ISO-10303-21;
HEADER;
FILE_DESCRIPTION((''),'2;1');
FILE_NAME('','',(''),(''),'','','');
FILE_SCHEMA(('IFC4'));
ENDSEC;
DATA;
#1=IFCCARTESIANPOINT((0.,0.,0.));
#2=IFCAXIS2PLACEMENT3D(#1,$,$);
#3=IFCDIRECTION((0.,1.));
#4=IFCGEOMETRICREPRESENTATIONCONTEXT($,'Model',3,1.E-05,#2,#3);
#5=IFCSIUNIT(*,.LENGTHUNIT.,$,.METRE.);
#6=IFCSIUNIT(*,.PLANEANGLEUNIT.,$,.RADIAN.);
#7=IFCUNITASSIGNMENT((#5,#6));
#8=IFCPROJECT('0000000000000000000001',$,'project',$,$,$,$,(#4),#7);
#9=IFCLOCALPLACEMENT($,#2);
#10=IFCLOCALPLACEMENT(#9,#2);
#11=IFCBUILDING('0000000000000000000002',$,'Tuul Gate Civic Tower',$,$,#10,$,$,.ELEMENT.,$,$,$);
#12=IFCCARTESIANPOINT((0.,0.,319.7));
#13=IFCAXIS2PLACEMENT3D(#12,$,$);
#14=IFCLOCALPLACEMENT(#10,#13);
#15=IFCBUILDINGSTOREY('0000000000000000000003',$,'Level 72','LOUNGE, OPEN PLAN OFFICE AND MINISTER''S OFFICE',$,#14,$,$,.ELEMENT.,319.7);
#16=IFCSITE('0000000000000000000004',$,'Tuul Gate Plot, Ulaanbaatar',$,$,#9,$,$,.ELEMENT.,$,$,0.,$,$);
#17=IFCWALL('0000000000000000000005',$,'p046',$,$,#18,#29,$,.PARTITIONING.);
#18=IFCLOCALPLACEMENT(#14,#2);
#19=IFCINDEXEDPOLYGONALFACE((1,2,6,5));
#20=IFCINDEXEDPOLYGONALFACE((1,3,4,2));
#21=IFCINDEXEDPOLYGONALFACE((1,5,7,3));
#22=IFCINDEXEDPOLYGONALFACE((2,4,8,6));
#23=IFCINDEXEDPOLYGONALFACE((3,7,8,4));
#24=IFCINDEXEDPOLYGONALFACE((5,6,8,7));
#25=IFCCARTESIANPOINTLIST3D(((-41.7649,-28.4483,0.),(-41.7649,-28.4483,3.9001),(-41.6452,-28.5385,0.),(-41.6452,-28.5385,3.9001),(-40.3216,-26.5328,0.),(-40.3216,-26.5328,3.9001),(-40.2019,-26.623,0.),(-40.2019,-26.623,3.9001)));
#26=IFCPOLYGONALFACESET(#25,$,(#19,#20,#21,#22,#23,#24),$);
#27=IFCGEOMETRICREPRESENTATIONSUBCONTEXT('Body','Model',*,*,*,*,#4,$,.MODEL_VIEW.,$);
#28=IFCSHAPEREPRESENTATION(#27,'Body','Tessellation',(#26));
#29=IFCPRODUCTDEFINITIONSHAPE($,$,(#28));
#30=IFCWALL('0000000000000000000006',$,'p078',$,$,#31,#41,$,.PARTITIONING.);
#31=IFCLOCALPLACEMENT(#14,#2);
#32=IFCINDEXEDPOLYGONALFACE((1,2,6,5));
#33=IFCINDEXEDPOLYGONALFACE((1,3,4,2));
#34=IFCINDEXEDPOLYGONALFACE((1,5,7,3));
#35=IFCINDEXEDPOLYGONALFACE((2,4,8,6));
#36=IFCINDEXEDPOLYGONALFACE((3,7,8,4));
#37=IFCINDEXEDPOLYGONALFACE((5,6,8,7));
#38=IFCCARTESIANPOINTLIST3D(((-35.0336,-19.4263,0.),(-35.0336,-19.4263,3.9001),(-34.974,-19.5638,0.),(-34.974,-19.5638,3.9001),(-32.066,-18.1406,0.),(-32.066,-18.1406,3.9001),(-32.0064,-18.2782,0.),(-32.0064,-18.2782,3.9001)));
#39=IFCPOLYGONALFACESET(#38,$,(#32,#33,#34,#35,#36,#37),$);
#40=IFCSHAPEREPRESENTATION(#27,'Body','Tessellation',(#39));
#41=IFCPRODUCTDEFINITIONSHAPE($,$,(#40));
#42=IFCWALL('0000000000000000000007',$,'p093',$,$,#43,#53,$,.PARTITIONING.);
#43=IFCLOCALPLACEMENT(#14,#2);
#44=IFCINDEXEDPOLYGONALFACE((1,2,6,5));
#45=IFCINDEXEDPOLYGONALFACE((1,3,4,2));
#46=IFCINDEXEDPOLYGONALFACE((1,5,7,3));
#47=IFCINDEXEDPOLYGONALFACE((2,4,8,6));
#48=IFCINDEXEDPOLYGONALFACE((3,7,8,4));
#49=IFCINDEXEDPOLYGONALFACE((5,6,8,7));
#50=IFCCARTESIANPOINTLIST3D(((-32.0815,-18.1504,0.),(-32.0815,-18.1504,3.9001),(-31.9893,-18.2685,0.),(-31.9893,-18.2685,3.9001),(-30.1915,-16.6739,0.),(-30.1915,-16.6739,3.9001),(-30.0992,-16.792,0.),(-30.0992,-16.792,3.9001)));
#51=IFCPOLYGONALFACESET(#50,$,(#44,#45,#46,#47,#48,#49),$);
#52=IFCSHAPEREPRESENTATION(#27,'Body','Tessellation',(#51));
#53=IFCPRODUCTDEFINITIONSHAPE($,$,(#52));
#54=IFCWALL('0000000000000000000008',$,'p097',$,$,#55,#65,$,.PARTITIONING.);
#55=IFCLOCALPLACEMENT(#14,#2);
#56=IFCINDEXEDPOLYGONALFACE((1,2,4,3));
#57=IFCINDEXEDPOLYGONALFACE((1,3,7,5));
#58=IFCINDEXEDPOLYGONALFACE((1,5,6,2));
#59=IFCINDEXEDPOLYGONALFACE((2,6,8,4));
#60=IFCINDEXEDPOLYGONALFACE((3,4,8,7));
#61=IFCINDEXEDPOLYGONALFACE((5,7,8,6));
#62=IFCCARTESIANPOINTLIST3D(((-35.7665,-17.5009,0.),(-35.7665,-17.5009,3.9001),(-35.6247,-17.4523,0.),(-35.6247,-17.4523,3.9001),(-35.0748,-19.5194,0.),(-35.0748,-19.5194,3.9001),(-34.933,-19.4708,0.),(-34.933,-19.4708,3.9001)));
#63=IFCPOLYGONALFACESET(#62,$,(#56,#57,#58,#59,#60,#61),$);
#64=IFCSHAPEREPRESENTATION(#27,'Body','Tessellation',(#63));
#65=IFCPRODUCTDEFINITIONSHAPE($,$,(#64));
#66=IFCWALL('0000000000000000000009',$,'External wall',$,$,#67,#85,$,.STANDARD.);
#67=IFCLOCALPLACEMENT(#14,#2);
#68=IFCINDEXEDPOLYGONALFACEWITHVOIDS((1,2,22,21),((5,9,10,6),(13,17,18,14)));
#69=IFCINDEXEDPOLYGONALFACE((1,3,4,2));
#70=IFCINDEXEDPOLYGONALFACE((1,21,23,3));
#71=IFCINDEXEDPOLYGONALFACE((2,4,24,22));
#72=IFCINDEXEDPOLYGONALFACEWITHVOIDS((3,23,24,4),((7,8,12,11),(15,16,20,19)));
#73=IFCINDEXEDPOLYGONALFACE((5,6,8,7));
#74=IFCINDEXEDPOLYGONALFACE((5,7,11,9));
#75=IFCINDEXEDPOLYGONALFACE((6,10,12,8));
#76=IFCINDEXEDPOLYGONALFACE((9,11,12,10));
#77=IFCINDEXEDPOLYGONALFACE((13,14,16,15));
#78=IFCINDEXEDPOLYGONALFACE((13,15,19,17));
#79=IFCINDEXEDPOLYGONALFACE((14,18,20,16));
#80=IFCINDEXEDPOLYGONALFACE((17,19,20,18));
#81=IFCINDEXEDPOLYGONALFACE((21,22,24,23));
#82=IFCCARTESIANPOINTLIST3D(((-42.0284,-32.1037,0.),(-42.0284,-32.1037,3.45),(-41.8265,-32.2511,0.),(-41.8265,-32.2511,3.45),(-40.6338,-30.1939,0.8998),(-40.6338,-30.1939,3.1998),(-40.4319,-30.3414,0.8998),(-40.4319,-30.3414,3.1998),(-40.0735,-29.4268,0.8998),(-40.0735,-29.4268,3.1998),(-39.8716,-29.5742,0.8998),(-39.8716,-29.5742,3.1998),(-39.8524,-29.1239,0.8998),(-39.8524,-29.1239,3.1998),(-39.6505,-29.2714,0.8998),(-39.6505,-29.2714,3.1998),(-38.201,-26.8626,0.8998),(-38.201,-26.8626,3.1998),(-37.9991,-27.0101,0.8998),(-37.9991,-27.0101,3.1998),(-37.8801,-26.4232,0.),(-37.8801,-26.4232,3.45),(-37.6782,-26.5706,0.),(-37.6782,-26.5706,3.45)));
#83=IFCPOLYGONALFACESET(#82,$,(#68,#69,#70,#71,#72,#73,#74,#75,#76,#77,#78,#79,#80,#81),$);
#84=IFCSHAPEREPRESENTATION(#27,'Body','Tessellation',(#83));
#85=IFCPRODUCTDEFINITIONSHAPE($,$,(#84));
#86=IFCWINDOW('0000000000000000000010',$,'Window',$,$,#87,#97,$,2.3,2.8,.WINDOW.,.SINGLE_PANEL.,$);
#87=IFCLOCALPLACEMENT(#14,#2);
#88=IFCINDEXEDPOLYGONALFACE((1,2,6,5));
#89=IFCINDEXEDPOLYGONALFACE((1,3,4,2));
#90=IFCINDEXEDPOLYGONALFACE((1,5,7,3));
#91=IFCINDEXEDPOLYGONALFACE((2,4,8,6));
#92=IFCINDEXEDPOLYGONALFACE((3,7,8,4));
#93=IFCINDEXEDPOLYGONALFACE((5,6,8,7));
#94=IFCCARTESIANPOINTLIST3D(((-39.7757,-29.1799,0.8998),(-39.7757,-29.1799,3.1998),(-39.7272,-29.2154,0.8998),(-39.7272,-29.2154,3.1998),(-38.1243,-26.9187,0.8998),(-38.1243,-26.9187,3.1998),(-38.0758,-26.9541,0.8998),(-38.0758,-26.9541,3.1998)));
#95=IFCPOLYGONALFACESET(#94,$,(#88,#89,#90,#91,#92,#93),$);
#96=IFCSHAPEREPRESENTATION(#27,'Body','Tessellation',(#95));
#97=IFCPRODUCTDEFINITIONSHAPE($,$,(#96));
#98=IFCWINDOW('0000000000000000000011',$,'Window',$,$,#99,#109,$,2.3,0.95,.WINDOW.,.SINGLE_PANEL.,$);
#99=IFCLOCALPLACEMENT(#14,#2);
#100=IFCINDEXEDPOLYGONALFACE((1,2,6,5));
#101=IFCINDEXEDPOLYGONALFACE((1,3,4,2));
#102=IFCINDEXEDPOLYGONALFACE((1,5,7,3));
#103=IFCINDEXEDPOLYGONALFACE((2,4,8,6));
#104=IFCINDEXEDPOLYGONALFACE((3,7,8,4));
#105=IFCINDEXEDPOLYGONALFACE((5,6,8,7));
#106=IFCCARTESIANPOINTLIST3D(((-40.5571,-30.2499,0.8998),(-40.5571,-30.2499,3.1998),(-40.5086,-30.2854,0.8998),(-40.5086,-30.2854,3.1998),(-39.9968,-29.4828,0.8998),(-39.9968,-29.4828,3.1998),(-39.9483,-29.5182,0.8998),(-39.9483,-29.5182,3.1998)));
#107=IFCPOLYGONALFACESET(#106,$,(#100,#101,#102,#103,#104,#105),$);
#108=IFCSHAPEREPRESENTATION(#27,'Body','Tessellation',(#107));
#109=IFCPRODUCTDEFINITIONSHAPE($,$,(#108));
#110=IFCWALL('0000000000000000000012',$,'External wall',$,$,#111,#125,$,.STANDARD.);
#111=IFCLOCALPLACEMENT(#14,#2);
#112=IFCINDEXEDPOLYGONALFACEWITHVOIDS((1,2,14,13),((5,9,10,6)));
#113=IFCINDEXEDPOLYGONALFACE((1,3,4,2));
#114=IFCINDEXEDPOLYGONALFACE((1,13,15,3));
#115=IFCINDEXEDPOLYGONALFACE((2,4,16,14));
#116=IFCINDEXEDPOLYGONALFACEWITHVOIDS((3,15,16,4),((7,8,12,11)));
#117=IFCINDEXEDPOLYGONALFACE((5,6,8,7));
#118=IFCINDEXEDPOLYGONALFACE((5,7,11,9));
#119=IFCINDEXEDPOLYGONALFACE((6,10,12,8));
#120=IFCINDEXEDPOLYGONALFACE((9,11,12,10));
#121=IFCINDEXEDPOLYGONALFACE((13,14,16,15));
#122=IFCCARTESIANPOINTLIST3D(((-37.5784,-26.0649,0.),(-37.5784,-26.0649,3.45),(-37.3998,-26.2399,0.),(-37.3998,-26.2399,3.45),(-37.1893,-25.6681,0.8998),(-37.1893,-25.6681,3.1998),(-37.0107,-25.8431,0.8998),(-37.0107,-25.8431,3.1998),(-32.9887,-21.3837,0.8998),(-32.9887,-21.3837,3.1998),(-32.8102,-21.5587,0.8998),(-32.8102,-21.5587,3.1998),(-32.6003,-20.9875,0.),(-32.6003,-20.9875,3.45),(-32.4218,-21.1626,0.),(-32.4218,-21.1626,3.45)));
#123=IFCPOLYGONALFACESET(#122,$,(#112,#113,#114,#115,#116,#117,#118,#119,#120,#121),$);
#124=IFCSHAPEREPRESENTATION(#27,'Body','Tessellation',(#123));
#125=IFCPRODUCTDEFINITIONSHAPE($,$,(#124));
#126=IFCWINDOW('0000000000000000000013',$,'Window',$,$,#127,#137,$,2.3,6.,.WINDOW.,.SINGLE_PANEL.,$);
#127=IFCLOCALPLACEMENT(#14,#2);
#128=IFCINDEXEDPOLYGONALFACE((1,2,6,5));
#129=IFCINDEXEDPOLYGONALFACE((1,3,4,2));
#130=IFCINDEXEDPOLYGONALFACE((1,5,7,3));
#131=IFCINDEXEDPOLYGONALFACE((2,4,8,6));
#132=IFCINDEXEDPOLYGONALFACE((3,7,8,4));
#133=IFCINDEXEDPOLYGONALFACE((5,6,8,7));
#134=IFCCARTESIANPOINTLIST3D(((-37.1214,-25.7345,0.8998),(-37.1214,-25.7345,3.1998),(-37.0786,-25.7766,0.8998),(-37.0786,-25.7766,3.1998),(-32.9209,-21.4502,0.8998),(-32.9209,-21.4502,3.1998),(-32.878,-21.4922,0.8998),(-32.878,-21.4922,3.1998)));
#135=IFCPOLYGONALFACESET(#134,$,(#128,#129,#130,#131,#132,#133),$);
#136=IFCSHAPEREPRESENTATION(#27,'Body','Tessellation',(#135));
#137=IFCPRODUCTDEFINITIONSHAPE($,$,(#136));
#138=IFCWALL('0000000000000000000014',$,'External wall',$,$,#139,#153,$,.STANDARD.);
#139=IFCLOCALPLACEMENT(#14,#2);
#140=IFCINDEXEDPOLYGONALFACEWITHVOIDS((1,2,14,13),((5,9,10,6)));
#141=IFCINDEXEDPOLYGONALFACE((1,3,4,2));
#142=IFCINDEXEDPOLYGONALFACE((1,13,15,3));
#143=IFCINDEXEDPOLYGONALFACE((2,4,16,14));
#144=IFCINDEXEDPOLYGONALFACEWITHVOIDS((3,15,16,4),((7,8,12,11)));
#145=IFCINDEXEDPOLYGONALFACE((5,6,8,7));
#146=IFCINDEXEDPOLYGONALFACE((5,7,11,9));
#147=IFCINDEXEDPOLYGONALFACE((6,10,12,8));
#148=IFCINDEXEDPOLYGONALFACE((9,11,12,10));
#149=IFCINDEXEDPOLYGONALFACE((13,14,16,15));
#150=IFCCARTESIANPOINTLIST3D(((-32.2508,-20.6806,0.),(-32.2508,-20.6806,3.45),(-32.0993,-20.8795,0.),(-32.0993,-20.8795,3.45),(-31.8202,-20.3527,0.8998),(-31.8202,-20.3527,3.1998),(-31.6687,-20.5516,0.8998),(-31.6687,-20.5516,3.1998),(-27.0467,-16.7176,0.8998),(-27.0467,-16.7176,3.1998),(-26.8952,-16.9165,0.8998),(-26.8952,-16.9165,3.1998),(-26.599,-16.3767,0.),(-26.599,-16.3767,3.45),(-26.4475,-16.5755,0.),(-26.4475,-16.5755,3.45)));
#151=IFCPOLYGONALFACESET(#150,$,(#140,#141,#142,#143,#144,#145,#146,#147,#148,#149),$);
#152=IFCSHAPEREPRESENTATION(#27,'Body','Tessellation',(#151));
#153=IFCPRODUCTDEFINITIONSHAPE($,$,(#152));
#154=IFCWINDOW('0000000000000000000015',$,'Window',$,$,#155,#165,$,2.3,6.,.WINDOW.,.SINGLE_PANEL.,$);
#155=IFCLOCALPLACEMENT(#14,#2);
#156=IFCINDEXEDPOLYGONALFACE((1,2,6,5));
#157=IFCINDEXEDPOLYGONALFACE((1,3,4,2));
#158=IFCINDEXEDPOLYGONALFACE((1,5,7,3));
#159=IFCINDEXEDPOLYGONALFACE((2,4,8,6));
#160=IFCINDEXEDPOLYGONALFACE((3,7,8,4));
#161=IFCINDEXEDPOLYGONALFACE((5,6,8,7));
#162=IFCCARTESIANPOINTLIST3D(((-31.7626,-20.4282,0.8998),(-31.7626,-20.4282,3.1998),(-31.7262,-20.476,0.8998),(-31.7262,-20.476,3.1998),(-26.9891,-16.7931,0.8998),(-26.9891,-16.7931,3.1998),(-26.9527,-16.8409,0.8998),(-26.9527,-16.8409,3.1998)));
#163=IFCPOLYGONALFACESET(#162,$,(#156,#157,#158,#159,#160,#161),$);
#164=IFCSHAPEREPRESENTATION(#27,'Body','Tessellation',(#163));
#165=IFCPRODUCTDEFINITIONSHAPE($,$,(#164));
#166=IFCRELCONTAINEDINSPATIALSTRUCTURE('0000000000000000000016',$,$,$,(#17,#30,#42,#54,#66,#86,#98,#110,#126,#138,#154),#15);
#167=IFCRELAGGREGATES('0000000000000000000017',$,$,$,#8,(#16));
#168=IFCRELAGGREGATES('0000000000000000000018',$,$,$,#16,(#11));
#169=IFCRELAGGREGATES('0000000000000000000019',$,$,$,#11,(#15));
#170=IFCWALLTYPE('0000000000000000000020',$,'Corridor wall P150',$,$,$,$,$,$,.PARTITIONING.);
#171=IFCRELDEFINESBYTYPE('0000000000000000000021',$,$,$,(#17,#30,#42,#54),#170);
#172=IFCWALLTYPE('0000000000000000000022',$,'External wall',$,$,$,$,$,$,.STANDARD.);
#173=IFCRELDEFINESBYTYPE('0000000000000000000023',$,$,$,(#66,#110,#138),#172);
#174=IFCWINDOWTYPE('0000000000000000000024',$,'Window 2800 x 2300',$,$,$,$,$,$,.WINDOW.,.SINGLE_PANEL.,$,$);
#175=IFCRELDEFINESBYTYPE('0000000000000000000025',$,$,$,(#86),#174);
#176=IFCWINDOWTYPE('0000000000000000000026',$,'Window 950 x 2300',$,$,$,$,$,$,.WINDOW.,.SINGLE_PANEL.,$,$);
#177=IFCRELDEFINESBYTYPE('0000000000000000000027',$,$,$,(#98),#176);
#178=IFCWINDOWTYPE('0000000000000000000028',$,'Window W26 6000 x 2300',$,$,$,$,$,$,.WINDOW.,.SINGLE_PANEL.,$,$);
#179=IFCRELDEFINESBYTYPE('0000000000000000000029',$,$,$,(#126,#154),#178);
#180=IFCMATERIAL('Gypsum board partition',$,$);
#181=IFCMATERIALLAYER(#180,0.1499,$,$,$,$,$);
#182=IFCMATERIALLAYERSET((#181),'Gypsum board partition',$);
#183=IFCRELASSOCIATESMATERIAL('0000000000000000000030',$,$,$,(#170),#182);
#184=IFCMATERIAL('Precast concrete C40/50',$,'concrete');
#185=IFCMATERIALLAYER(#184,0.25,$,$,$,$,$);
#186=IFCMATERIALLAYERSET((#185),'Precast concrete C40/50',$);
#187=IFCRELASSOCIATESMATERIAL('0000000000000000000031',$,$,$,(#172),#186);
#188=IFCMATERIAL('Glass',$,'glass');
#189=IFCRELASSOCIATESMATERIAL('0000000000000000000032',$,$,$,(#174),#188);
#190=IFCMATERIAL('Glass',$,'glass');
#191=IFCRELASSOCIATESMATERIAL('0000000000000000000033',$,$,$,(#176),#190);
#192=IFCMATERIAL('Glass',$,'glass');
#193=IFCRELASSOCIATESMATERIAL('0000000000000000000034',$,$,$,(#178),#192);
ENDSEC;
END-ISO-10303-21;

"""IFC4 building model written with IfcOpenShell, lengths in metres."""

from ifc_helpers import new_model, si_unit, direction, frame, frame_2d, origin, place, context, subcontext, project, spatial, rectangle, extrude, material, layer, layer_set, type_object, element, fill, save


model = new_model("IFC4")

# Units and contexts
model_context = context("Model", 3, precision=1e-05, world=origin(), true_north=direction((0.0, 1.0)))
body_context = subcontext(model_context, "Body", "Model", "MODEL_VIEW")
ifc_project = project(units=[si_unit("LENGTHUNIT", "METRE"), si_unit("PLANEANGLEUNIT", "RADIAN")], contexts=[model_context])

# Site, building, storey
site_placement = place(None, origin())
site = spatial("IfcSite", under=ifc_project, at=site_placement, Name="Tuul Gate Plot, Ulaanbaatar", CompositionType="ELEMENT", RefElevation=0.0)
building_placement = place(site_placement, origin())
building = spatial("IfcBuilding", under=site, at=building_placement, Name="Tuul Gate Civic Tower", CompositionType="ELEMENT")
storey_placement = place(building_placement, frame((0.0, 0.0, 319.7)))
storey = spatial("IfcBuildingStorey", under=building, at=storey_placement, Name="Level 72", Description="LOUNGE, OPEN PLAN OFFICE AND MINISTER'S OFFICE", CompositionType="ELEMENT", Elevation=319.7)

# Walls
ifc_material_1 = material(Name="Gypsum board partition")
ifc_layer_1 = layer(ifc_material_1, 0.1499)
ifc_layer_set_1 = layer_set([ifc_layer_1], Name="Gypsum board partition")
wall_type_1 = type_object("IfcWallType", Name="Corridor wall P150", PredefinedType="PARTITIONING", material=ifc_layer_set_1)
wall_1_placement = place(storey_placement, frame((-41.7051, -28.4934, 0.0), z_axis=(0.0, 0.0, 1.0), x_axis=(0.60179, 0.798654, 0.0)))
element("IfcWall", 1, at=wall_1_placement, inside=storey, type_object=wall_type_1, Name="p046", PredefinedType="PARTITIONING", context=body_context, shape_type="SweptSolid", body=[
    extrude(rectangle(XDim=2.3984, YDim=0.1499, at=frame_2d((1.1992, 0.0))), origin(), (0.0, 0.0, 1.0), 3.9001),
])
wall_2_placement = place(storey_placement, frame((-35.0039, -19.4951, 0.0), z_axis=(0.0, 0.0, 1.0), x_axis=(0.917588, 0.397533, 0.0)))
element("IfcWall", 2, at=wall_2_placement, inside=storey, type_object=wall_type_1, Name="p078", PredefinedType="PARTITIONING", context=body_context, shape_type="SweptSolid", body=[
    extrude(rectangle(XDim=3.2341, YDim=0.1499, at=frame_2d((1.6172, 0.0))), origin(), (0.0, 0.0, 1.0), 3.9001),
])
wall_3_placement = place(storey_placement, frame((-32.0354, -18.2095, 0.0), z_axis=(0.0, 0.0, 1.0), x_axis=(0.788046, 0.615616, 0.0)))
element("IfcWall", 3, at=wall_3_placement, inside=storey, type_object=wall_type_1, Name="p093", PredefinedType="PARTITIONING", context=body_context, shape_type="SweptSolid", body=[
    extrude(rectangle(XDim=2.3984, YDim=0.1499, at=frame_2d((1.1992, 0.0))), origin(), (0.0, 0.0, 1.0), 3.9001),
])
wall_4_placement = place(storey_placement, frame((-35.6956, -17.4766, 0.0), z_axis=(0.0, 0.0, 1.0), x_axis=(0.324146, -0.946007, 0.0)))
element("IfcWall", 4, at=wall_4_placement, inside=storey, type_object=wall_type_1, Name="p097", PredefinedType="PARTITIONING", context=body_context, shape_type="SweptSolid", body=[
    extrude(rectangle(XDim=2.1338, YDim=0.1499, at=frame_2d((1.0669, 0.0))), origin(), (0.0, 0.0, 1.0), 3.9001),
])

# Wall, openings, windows
ifc_material_2 = material(Name="Precast concrete C40/50", Category="concrete")
ifc_layer_2 = layer(ifc_material_2, 0.25)
ifc_layer_set_2 = layer_set([ifc_layer_2], Name="Precast concrete C40/50")
wall_type_2 = type_object("IfcWallType", Name="External wall", PredefinedType="STANDARD", material=ifc_layer_set_2)
wall_5_placement = place(storey_placement, frame((-41.9275, -32.1775, 0.0), z_axis=(0.0, 0.0, 1.0), x_axis=(0.589749, 0.807586, 0.0)))
wall_5 = element("IfcWall", 5, at=wall_5_placement, inside=storey, type_object=wall_type_2, Name="External wall", PredefinedType="STANDARD", context=body_context, shape_type="SweptSolid", body=[
    extrude(rectangle(XDim=7.0339, YDim=0.25, at=frame_2d((3.5171, 0.0))), origin(), (0.0, 0.0, 1.0), 3.45),
])
opening_1_placement = place(wall_5_placement, frame((2.3647, 0.0, 0.8999)))
opening_1 = element("IfcOpeningElement", 6, at=opening_1_placement, cuts=wall_5, PredefinedType="OPENING", context=body_context, shape_type="SweptSolid", body=[
    extrude(rectangle(XDim=0.95, YDim=2.3, at=frame_2d((0.4751, 1.1499))), frame((0.0, 0.135, 0.0), z_axis=(0.0, -1.0, 0.0), x_axis=(1.0, 0.0, 0.0)), (0.0, 0.0, 1.0), 0.27),
])
opening_2_placement = place(wall_5_placement, frame((3.6899, 0.0, 0.8999)))
opening_2 = element("IfcOpeningElement", 7, at=opening_2_placement, cuts=wall_5, PredefinedType="OPENING", context=body_context, shape_type="SweptSolid", body=[
    extrude(rectangle(XDim=2.8, YDim=2.3, at=frame_2d((1.3999, 1.1499))), frame((0.0, 0.135, 0.0), z_axis=(0.0, -1.0, 0.0), x_axis=(1.0, 0.0, 0.0)), (0.0, 0.0, 1.0), 0.27),
])
ifc_material_3 = material(Name="Glass", Category="glass")
window_type_1 = type_object("IfcWindowType", Name="Window 2800 x 2300", PartitioningType="SINGLE_PANEL", PredefinedType="WINDOW", material=ifc_material_3)
window_1_placement = place(opening_2_placement, origin())
window_1 = element("IfcWindow", 8, at=window_1_placement, inside=storey, type_object=window_type_1, Name="Window", OverallHeight=2.3, OverallWidth=2.8, PartitioningType="SINGLE_PANEL", PredefinedType="WINDOW", context=body_context, shape_type="SweptSolid", body=[
    extrude(rectangle(XDim=2.8, YDim=2.3, at=frame_2d((1.3999, 1.1499))), frame((0.0, 0.03, 0.0), z_axis=(0.0, -1.0, 0.0), x_axis=(1.0, 0.0, 0.0)), (0.0, 0.0, 1.0), 0.0601),
])
fill(opening_2, window_1)
ifc_material_4 = material(Name="Glass", Category="glass")
window_type_2 = type_object("IfcWindowType", Name="Window 950 x 2300", PartitioningType="SINGLE_PANEL", PredefinedType="WINDOW", material=ifc_material_4)
window_2_placement = place(opening_1_placement, origin())
window_2 = element("IfcWindow", 9, at=window_2_placement, inside=storey, type_object=window_type_2, Name="Window", OverallHeight=2.3, OverallWidth=0.95, PartitioningType="SINGLE_PANEL", PredefinedType="WINDOW", context=body_context, shape_type="SweptSolid", body=[
    extrude(rectangle(XDim=0.95, YDim=2.3, at=frame_2d((0.4751, 1.1499))), frame((0.0, 0.03, 0.0), z_axis=(0.0, -1.0, 0.0), x_axis=(1.0, 0.0, 0.0)), (0.0, 0.0, 1.0), 0.0601),
])
fill(opening_1, window_2)

# Walls, openings, windows
wall_6_placement = place(storey_placement, frame((-37.489, -26.1523, 0.0), z_axis=(0.0, 0.0, 1.0), x_axis=(0.700085, 0.714059, 0.0)))
wall_6 = element("IfcWall", 10, at=wall_6_placement, inside=storey, type_object=wall_type_2, Name="External wall", PredefinedType="STANDARD", context=body_context, shape_type="SweptSolid", body=[
    extrude(rectangle(XDim=7.1106, YDim=0.25, at=frame_2d((3.5552, 0.0))), origin(), (0.0, 0.0, 1.0), 3.45),
])
opening_3_placement = place(wall_6_placement, frame((0.5557, 0.0, 0.8999)))
opening_3 = element("IfcOpeningElement", 11, at=opening_3_placement, cuts=wall_6, PredefinedType="OPENING", context=body_context, shape_type="SweptSolid", body=[
    extrude(rectangle(XDim=6.0, YDim=2.3, at=frame_2d((3.0, 1.1499))), frame((0.0, 0.135, 0.0), z_axis=(0.0, -1.0, 0.0), x_axis=(1.0, 0.0, 0.0)), (0.0, 0.0, 1.0), 0.27),
])
ifc_material_5 = material(Name="Glass", Category="glass")
window_type_3 = type_object("IfcWindowType", Name="Window W26 6000 x 2300", PartitioningType="SINGLE_PANEL", PredefinedType="WINDOW", material=ifc_material_5)
window_3_placement = place(opening_3_placement, origin())
window_3 = element("IfcWindow", 12, at=window_3_placement, inside=storey, type_object=window_type_3, Name="Window", OverallHeight=2.3, OverallWidth=6.0, PartitioningType="SINGLE_PANEL", PredefinedType="WINDOW", context=body_context, shape_type="SweptSolid", body=[
    extrude(rectangle(XDim=6.0, YDim=2.3, at=frame_2d((3.0, 1.1499))), frame((0.0, 0.03, 0.0), z_axis=(0.0, -1.0, 0.0), x_axis=(1.0, 0.0, 0.0)), (0.0, 0.0, 1.0), 0.0601),
])
fill(opening_3, window_3)
wall_7_placement = place(storey_placement, frame((-32.175, -20.78, 0.0), z_axis=(0.0, 0.0, 1.0), x_axis=(0.795582, 0.605845, 0.0)))
wall_7 = element("IfcWall", 13, at=wall_7_placement, inside=storey, type_object=wall_type_2, Name="External wall", PredefinedType="STANDARD", context=body_context, shape_type="SweptSolid", body=[
    extrude(rectangle(XDim=7.104, YDim=0.25, at=frame_2d((3.552, 0.0))), origin(), (0.0, 0.0, 1.0), 3.45),
])
opening_4_placement = place(wall_7_placement, frame((0.5413, 0.0, 0.8999)))
opening_4 = element("IfcOpeningElement", 14, at=opening_4_placement, cuts=wall_7, PredefinedType="OPENING", context=body_context, shape_type="SweptSolid", body=[
    extrude(rectangle(XDim=6.0, YDim=2.3, at=frame_2d((3.0, 1.1499))), frame((0.0, 0.135, 0.0), z_axis=(0.0, -1.0, 0.0), x_axis=(1.0, 0.0, 0.0)), (0.0, 0.0, 1.0), 0.27),
])
window_4_placement = place(opening_4_placement, origin())
window_4 = element("IfcWindow", 15, at=window_4_placement, inside=storey, type_object=window_type_3, Name="Window", OverallHeight=2.3, OverallWidth=6.0, PartitioningType="SINGLE_PANEL", PredefinedType="WINDOW", context=body_context, shape_type="SweptSolid", body=[
    extrude(rectangle(XDim=6.0, YDim=2.3, at=frame_2d((3.0, 1.1499))), frame((0.0, 0.03, 0.0), z_axis=(0.0, -1.0, 0.0), x_axis=(1.0, 0.0, 0.0)), (0.0, 0.0, 1.0), 0.0601),
])
fill(opening_4, window_4)

save(model, "model.ifc")
